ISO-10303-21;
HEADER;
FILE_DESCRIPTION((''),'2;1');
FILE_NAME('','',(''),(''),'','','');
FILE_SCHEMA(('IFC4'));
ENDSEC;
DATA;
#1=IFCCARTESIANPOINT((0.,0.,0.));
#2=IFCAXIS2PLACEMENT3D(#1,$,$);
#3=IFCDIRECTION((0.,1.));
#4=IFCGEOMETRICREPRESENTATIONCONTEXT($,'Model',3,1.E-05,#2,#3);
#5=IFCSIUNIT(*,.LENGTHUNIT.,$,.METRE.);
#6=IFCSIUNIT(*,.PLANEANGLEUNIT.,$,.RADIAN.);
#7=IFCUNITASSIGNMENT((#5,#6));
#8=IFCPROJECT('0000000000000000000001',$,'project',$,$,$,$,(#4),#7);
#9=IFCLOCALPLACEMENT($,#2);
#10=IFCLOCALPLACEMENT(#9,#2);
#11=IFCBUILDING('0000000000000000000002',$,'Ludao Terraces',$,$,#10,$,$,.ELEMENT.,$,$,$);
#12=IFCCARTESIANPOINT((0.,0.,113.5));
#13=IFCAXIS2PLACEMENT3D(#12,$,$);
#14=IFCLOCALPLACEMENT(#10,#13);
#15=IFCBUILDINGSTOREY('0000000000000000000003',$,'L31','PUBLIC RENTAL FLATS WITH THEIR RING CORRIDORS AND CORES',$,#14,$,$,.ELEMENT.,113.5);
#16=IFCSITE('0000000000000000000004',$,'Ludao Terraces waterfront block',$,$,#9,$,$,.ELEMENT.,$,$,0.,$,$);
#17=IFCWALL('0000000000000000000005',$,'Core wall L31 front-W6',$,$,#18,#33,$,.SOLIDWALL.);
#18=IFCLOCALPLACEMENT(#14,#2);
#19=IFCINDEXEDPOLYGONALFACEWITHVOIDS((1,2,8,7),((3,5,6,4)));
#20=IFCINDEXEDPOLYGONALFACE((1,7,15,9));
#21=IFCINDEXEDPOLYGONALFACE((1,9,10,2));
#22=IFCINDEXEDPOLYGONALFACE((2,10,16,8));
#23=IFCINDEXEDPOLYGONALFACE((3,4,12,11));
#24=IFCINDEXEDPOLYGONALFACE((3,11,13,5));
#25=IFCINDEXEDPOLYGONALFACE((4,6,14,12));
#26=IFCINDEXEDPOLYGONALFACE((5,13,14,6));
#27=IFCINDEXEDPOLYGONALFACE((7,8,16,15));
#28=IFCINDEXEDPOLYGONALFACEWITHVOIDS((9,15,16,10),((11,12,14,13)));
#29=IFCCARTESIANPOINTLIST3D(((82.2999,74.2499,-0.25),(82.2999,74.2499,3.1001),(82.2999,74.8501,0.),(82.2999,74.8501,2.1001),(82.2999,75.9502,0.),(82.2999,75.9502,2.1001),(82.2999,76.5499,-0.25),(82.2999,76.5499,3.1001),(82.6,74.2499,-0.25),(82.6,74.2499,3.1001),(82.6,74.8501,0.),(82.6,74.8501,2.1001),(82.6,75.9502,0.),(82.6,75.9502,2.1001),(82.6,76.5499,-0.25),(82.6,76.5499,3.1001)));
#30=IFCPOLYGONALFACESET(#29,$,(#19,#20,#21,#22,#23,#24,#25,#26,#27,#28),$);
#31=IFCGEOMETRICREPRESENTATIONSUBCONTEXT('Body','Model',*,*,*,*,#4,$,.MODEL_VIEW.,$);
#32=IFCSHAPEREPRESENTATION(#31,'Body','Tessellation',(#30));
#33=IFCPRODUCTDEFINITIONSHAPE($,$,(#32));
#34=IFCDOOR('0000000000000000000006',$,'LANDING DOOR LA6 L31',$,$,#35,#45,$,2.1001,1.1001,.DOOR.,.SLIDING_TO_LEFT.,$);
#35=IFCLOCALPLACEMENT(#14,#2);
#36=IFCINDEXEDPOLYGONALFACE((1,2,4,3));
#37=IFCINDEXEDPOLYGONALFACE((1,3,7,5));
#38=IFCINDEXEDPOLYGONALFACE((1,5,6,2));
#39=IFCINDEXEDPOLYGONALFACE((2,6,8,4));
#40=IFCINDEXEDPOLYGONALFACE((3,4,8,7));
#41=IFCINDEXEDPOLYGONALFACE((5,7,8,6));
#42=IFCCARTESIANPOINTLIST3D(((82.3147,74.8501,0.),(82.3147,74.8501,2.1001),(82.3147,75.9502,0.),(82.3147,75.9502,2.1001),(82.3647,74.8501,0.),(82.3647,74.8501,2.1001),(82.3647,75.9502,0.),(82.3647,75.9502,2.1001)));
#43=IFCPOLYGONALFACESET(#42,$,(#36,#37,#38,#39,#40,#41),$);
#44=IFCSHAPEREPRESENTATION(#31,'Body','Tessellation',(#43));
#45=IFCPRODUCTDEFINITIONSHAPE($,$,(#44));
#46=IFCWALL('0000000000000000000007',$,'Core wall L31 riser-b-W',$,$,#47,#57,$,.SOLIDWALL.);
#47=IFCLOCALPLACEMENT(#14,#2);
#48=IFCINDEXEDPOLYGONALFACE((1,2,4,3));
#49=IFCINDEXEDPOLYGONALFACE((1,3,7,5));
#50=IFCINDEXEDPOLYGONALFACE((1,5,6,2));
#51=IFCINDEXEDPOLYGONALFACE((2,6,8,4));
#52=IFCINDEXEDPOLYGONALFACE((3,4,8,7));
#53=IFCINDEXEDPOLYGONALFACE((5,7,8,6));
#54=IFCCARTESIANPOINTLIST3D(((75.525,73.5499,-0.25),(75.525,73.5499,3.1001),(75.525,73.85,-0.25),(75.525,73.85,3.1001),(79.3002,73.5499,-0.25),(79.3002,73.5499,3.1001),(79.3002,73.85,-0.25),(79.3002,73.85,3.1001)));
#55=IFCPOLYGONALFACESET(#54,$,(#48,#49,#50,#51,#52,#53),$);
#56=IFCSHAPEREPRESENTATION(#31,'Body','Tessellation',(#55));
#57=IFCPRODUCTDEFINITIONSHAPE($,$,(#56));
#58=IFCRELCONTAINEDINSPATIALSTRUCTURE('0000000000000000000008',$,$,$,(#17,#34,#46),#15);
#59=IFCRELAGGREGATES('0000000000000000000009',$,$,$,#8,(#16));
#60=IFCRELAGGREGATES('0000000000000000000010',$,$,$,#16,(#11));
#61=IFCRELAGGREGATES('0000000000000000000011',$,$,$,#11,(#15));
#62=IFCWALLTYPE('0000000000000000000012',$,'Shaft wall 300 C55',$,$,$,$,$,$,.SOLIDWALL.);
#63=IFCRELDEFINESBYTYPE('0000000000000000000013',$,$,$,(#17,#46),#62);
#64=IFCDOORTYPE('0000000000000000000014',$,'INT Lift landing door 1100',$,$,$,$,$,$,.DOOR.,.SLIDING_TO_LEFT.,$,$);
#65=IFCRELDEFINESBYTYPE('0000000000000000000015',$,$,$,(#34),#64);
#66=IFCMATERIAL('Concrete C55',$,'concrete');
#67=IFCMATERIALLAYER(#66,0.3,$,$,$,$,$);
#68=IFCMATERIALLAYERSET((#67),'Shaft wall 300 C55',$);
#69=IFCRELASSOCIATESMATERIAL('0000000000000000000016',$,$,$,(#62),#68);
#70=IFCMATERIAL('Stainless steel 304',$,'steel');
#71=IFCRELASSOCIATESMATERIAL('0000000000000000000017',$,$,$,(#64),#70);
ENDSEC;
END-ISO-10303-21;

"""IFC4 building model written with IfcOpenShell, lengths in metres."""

from ifc_helpers import new_model, si_unit, direction, frame, frame_2d, origin, place, context, subcontext, project, spatial, rectangle, extrude, material, layer, layer_set, type_object, element, fill, save


model = new_model("IFC4")

# Units and contexts
model_context = context("Model", 3, precision=1e-05, world=origin(), true_north=direction((0.0, 1.0)))
body_context = subcontext(model_context, "Body", "Model", "MODEL_VIEW")
ifc_project = project(units=[si_unit("LENGTHUNIT", "METRE"), si_unit("PLANEANGLEUNIT", "RADIAN")], contexts=[model_context])

# Site, building, storey
site_placement = place(None, origin())
site = spatial("IfcSite", under=ifc_project, at=site_placement, Name="Ludao Terraces waterfront block", CompositionType="ELEMENT", RefElevation=0.0)
building_placement = place(site_placement, origin())
building = spatial("IfcBuilding", under=site, at=building_placement, Name="Ludao Terraces", CompositionType="ELEMENT")
storey_placement = place(building_placement, frame((0.0, 0.0, 113.5)))
storey = spatial("IfcBuildingStorey", under=building, at=storey_placement, Name="L31", Description="PUBLIC RENTAL FLATS WITH THEIR RING CORRIDORS AND CORES", CompositionType="ELEMENT", Elevation=113.5)

# Shared definitions
ifc_material_1 = material(Name="Concrete C55", Category="concrete")
ifc_layer_1 = layer(ifc_material_1, 0.3)
ifc_layer_set_1 = layer_set([ifc_layer_1], Name="Shaft wall 300 C55")
wall_type_1 = type_object("IfcWallType", Name="Shaft wall 300 C55", PredefinedType="SOLIDWALL", material=ifc_layer_set_1)

# Shared definitions
ifc_material_2 = material(Name="Stainless steel 304", Category="steel")
door_type = type_object("IfcDoorType", Name="INT Lift landing door 1100", OperationType="SLIDING_TO_LEFT", PredefinedType="DOOR", material=ifc_material_2)

# Wall, opening, door
wall_1_placement = place(storey_placement, frame((82.45, 74.25, -0.25), z_axis=(0.0, 0.0, 1.0), x_axis=(0.0, 1.0, 0.0)))
wall_1 = element("IfcWall", 1, at=wall_1_placement, inside=storey, type_object=wall_type_1, Name="Core wall L31 front-W6", PredefinedType="SOLIDWALL", context=body_context, shape_type="SweptSolid", body=[
    extrude(rectangle(XDim=2.3, YDim=0.3, at=frame_2d((1.1499, 0.0))), origin(), (0.0, 0.0, 1.0), 3.3501),
])
opening_1_placement = place(wall_1_placement, frame((0.6001, 0.0, 0.25)))
opening_1 = element("IfcOpeningElement", 2, at=opening_1_placement, cuts=wall_1, PredefinedType="OPENING", context=body_context, shape_type="SweptSolid", body=[
    extrude(rectangle(XDim=1.1001, YDim=2.1001, at=frame_2d((0.55, 1.05))), frame((0.0, 0.1602, 0.0), z_axis=(0.0, -1.0, 0.0), x_axis=(1.0, 0.0, 0.0)), (0.0, 0.0, 1.0), 0.3201),
])
door_1_placement = place(opening_1_placement, origin())
door_1 = element("IfcDoor", 3, at=door_1_placement, inside=storey, type_object=door_type, Name="LANDING DOOR LA6 L31", OperationType="SLIDING_TO_LEFT", OverallHeight=2.1001, OverallWidth=1.1001, PredefinedType="DOOR", context=body_context, shape_type="SweptSolid", body=[
    extrude(rectangle(XDim=1.1001, YDim=2.1001, at=frame_2d((0.55, 1.05))), frame((0.0, 0.1353, 0.0), z_axis=(0.0, -1.0, 0.0), x_axis=(1.0, 0.0, 0.0)), (0.0, 0.0, 1.0), 0.05),
])
fill(opening_1, door_1)

# Wall
wall_2_placement = place(storey_placement, frame((75.5249, 73.7, -0.25), z_axis=(0.0, 0.0, 1.0), x_axis=(1.0, 0.0, 0.0)))
element("IfcWall", 4, at=wall_2_placement, inside=storey, type_object=wall_type_1, Name="Core wall L31 riser-b-W", PredefinedType="SOLIDWALL", context=body_context, shape_type="SweptSolid", body=[
    extrude(rectangle(XDim=3.7751, YDim=0.3, at=frame_2d((1.8877, 0.0))), origin(), (0.0, 0.0, 1.0), 3.3501),
])

save(model, "model.ifc")
